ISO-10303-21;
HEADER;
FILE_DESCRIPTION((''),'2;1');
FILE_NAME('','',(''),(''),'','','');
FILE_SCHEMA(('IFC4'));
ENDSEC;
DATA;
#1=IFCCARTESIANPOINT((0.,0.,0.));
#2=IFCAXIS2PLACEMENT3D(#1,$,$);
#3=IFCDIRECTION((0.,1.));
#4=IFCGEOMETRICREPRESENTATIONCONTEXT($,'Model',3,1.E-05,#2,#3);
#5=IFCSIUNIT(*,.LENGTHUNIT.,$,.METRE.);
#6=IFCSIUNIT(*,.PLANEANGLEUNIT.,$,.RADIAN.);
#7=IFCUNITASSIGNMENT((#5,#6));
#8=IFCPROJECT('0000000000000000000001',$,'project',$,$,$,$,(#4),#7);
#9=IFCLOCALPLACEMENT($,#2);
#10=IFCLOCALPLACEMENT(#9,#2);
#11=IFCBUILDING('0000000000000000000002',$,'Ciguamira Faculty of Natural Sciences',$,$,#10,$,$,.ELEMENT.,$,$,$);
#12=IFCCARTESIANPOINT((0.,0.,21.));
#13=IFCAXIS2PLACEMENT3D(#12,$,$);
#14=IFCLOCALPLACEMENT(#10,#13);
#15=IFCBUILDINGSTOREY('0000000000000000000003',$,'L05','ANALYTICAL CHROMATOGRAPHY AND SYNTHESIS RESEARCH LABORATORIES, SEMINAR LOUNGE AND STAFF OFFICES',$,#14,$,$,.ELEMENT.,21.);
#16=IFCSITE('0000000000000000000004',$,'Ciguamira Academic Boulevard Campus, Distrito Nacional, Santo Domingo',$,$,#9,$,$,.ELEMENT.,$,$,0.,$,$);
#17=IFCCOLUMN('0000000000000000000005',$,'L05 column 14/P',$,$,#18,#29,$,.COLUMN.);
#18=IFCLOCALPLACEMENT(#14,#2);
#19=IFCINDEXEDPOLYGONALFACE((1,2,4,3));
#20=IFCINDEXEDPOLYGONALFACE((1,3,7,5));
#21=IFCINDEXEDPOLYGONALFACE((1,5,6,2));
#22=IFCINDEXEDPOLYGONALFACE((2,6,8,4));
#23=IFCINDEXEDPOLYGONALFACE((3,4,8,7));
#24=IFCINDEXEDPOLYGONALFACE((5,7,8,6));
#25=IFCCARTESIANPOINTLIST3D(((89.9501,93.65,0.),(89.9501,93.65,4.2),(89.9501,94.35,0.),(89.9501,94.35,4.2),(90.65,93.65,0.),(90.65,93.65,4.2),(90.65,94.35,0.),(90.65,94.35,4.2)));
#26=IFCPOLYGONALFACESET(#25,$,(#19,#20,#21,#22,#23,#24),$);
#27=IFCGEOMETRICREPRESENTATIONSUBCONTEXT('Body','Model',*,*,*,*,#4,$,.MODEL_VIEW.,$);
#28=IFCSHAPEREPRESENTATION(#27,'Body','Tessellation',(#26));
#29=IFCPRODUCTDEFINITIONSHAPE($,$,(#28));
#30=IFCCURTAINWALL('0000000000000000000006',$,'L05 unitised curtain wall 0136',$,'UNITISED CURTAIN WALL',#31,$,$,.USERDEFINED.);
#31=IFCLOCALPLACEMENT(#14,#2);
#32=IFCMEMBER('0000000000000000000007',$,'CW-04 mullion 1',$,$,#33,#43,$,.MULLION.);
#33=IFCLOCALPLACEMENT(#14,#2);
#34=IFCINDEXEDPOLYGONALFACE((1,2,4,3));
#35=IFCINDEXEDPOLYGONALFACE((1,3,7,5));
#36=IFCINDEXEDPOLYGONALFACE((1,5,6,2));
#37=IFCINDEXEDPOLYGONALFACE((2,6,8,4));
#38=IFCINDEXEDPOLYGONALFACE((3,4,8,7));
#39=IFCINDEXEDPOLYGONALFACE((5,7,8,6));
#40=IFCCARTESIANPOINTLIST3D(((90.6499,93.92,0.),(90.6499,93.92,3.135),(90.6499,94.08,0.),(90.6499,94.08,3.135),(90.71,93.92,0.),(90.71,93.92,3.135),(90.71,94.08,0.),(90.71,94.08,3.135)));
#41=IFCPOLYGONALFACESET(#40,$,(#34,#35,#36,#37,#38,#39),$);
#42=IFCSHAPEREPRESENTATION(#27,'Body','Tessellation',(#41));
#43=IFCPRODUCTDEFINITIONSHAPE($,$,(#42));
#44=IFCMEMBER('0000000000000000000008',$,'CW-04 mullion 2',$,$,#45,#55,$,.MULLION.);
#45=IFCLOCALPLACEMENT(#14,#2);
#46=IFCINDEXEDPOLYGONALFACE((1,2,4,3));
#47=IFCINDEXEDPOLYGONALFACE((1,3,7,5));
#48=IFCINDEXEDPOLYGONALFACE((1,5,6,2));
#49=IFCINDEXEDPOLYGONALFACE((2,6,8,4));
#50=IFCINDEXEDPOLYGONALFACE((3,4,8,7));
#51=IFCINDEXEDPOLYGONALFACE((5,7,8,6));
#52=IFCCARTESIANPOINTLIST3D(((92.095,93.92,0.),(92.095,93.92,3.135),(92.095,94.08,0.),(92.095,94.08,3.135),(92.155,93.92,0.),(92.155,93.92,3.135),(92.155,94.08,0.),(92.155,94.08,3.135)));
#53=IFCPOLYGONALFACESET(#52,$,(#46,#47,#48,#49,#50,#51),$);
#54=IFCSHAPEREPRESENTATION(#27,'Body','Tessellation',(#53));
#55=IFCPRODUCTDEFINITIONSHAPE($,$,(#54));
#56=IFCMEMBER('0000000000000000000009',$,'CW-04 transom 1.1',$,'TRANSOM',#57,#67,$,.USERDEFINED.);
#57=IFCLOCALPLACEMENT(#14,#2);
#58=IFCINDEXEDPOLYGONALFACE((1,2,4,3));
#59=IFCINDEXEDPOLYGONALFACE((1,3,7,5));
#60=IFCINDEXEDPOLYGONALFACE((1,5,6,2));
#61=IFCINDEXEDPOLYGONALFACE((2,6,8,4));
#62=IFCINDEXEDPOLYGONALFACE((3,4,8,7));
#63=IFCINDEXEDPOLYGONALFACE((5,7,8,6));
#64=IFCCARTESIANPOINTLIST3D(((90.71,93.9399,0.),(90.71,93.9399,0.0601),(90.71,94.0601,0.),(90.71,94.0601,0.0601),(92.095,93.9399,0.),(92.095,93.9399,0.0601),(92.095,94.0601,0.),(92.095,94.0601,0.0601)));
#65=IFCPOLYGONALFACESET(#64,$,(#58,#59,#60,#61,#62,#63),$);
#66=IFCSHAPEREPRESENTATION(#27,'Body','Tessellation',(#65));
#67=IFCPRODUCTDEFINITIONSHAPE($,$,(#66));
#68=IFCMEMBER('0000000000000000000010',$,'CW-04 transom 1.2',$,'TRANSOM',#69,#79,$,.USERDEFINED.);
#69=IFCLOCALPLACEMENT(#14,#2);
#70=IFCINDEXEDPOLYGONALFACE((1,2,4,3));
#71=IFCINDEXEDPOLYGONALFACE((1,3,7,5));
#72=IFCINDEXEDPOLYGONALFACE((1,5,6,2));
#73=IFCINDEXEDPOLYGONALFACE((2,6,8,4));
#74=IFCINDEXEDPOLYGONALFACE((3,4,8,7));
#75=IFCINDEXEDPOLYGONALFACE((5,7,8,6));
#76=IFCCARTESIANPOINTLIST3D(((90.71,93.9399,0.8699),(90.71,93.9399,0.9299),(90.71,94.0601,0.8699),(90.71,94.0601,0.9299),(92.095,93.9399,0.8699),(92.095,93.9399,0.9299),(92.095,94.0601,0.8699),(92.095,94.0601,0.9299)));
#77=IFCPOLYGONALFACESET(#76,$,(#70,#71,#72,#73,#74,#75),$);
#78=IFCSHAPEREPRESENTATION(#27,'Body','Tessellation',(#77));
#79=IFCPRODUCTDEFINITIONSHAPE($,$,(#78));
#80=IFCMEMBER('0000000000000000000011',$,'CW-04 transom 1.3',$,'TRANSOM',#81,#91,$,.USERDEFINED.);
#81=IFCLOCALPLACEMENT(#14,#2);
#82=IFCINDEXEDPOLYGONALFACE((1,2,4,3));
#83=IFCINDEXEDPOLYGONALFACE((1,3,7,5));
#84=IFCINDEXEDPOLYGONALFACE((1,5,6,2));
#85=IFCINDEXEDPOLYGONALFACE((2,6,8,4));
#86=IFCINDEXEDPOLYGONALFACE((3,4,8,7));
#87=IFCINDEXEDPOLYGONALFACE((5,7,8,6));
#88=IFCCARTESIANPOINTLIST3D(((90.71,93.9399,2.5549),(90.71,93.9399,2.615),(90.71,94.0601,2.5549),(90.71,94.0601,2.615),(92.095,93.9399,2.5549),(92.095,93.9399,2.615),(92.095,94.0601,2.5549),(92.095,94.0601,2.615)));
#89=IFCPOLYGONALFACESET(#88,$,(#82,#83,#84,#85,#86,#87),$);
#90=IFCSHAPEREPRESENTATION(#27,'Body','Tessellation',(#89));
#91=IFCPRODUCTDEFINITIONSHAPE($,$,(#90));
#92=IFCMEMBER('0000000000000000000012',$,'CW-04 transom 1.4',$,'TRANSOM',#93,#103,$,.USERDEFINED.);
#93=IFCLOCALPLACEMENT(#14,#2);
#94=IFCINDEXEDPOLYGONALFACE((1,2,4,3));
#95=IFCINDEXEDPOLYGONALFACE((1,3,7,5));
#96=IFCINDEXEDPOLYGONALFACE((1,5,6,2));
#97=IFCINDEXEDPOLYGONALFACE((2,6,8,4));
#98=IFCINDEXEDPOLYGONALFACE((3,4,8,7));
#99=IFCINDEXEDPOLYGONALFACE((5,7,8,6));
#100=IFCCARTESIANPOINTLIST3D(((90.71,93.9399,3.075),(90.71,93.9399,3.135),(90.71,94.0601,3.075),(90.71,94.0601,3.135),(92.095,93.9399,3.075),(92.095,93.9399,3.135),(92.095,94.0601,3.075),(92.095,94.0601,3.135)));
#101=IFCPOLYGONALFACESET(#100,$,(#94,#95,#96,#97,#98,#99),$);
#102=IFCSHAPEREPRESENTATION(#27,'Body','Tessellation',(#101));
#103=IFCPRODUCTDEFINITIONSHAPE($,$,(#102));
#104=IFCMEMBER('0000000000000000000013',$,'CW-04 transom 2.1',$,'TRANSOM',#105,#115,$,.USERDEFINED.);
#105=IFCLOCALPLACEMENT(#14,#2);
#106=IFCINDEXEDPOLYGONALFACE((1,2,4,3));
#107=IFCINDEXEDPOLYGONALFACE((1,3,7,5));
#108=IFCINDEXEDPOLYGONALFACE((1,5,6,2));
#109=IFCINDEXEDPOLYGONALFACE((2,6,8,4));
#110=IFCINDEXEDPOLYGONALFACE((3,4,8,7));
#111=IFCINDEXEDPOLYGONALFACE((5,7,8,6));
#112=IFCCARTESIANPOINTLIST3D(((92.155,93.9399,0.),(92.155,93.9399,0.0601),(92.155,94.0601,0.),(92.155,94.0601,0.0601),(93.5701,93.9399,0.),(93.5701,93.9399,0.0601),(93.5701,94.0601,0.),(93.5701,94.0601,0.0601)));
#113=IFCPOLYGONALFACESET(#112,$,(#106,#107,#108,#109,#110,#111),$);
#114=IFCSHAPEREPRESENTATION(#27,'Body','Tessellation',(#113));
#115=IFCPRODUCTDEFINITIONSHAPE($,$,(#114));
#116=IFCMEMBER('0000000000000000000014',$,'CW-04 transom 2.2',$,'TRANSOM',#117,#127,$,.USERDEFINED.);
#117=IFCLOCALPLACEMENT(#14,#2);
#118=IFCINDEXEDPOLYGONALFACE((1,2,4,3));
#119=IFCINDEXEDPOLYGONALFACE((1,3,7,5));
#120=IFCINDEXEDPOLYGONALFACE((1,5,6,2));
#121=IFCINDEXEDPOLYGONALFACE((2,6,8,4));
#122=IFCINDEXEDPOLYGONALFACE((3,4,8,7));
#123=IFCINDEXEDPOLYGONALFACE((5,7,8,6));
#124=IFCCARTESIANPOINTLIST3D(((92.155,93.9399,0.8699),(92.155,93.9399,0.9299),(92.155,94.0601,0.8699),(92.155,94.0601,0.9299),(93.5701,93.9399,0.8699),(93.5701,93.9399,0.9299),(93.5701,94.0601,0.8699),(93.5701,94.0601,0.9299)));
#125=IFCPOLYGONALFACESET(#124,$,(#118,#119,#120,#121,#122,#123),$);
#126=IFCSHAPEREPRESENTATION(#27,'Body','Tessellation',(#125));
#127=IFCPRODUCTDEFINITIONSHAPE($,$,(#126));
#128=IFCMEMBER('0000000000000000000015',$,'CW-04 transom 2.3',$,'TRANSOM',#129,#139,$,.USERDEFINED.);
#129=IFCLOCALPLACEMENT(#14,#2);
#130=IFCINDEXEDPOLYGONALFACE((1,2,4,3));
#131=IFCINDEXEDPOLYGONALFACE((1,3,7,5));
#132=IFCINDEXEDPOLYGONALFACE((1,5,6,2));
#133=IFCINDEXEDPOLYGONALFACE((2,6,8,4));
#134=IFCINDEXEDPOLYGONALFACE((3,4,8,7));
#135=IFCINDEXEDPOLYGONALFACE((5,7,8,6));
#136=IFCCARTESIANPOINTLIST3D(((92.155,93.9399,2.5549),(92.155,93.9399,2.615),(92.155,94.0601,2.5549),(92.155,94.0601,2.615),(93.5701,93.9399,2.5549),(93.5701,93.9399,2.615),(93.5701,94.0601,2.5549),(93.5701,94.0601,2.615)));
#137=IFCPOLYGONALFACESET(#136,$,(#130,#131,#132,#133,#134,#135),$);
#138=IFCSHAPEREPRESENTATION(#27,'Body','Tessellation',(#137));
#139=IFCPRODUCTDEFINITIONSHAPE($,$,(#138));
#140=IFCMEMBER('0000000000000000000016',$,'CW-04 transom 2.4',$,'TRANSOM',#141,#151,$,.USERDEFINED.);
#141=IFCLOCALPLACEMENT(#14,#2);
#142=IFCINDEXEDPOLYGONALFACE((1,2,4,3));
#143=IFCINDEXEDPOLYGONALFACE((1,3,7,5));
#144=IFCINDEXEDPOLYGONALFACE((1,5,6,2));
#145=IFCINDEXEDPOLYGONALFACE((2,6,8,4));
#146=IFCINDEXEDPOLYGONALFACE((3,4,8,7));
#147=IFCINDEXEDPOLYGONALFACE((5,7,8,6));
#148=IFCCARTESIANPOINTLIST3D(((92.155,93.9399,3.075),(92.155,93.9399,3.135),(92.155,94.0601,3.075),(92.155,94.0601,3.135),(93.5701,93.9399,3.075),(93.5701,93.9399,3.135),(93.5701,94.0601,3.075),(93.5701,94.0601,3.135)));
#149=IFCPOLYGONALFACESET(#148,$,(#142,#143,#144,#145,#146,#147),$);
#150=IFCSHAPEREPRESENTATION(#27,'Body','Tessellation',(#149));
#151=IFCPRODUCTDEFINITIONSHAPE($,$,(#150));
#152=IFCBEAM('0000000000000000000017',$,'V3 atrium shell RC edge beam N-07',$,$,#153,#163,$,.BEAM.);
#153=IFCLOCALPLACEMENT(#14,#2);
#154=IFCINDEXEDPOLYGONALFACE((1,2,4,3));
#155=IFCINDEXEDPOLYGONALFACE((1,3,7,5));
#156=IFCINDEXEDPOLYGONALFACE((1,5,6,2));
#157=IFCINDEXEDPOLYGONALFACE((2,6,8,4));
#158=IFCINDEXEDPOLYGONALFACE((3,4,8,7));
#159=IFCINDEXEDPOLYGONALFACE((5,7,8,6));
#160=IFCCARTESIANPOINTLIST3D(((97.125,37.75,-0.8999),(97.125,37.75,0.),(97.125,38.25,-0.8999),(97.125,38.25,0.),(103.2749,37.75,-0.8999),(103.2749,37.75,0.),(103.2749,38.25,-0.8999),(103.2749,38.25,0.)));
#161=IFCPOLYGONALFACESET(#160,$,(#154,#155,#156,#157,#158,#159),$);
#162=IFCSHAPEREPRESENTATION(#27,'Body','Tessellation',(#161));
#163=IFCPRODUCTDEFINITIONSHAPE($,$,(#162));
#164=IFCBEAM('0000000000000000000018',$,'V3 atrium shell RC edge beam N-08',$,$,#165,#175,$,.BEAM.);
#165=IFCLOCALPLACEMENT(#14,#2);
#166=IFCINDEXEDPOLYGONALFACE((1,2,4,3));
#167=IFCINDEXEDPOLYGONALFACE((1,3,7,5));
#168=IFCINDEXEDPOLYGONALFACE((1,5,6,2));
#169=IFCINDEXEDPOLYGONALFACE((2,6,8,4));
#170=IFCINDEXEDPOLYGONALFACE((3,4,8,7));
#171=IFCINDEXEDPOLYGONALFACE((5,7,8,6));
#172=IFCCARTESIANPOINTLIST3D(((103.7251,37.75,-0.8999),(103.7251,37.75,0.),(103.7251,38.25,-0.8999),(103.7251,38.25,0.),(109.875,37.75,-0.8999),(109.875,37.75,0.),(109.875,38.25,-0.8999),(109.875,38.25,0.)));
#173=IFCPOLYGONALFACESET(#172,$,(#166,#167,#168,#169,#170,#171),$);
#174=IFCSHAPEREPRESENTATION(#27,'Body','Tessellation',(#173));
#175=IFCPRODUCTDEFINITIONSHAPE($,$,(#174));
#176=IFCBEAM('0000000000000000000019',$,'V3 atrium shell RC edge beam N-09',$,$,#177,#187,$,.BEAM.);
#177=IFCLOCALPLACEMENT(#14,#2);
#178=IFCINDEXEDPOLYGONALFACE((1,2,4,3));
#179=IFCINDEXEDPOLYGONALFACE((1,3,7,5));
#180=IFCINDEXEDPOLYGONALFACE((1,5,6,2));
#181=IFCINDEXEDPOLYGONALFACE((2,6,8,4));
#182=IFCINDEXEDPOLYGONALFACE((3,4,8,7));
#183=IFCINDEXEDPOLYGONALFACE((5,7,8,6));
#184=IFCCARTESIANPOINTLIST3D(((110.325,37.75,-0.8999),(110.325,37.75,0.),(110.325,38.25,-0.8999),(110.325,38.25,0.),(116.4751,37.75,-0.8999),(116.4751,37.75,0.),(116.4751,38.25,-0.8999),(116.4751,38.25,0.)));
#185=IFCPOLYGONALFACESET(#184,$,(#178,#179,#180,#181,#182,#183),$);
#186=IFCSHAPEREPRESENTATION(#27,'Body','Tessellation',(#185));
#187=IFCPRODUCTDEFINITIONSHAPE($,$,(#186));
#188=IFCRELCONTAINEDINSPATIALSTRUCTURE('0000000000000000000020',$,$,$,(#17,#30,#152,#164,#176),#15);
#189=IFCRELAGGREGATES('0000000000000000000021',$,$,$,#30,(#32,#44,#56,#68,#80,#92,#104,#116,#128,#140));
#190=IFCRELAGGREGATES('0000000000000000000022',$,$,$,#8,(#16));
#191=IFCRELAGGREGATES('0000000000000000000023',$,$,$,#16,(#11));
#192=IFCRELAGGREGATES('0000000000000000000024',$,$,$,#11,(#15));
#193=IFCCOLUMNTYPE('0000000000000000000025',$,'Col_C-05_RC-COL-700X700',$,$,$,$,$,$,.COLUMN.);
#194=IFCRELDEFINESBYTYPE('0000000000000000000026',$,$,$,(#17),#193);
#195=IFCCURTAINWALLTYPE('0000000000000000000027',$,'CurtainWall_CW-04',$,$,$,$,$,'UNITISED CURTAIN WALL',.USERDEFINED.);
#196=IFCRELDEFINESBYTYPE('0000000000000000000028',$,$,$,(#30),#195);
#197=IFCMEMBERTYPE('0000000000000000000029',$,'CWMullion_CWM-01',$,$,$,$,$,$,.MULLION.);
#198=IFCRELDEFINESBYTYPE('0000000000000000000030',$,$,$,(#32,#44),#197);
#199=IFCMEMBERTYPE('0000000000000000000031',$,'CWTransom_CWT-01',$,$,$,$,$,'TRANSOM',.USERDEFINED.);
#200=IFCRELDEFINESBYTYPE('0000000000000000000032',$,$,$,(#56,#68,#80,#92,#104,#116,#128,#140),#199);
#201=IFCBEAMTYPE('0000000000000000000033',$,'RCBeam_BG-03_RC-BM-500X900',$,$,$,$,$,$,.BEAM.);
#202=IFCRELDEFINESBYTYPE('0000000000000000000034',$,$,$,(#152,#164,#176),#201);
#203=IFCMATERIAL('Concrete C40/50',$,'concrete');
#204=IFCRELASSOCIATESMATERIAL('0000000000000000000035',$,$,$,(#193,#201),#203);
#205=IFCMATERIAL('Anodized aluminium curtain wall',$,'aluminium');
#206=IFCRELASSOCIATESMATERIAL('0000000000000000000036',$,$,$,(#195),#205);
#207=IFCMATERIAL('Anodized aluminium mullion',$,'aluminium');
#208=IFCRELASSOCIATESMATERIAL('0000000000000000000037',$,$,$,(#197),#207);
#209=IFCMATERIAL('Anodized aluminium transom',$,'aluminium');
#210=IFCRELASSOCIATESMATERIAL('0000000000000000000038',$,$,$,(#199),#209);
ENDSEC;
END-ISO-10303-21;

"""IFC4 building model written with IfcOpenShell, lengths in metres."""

from ifc_helpers import new_model, si_unit, direction, frame, origin, origin_2d, place, context, subcontext, project, spatial, rectangle, extrude, material, material_profile, profile_set, type_object, element, aggregate, save


model = new_model("IFC4")

# Units and contexts
model_context = context("Model", 3, precision=1e-05, world=origin(), true_north=direction((0.0, 1.0)))
body_context = subcontext(model_context, "Body", "Model", "MODEL_VIEW")
ifc_project = project(units=[si_unit("LENGTHUNIT", "METRE"), si_unit("PLANEANGLEUNIT", "RADIAN")], contexts=[model_context])

# Site, building, storey
site_placement = place(None, origin())
site = spatial("IfcSite", under=ifc_project, at=site_placement, Name="Ciguamira Academic Boulevard Campus, Distrito Nacional, Santo Domingo", CompositionType="ELEMENT", RefElevation=0.0)
building_placement = place(site_placement, origin())
building = spatial("IfcBuilding", under=site, at=building_placement, Name="Ciguamira Faculty of Natural Sciences", CompositionType="ELEMENT")
storey_placement = place(building_placement, frame((0.0, 0.0, 21.0)))
storey = spatial("IfcBuildingStorey", under=building, at=storey_placement, Name="L05", Description="ANALYTICAL CHROMATOGRAPHY AND SYNTHESIS RESEARCH LABORATORIES, SEMINAR LOUNGE AND STAFF OFFICES", CompositionType="ELEMENT", Elevation=21.0)

# Column
ifc_material_1 = material(Name="Concrete C40/50", Category="concrete")
ifc_material_profile_1 = material_profile(ifc_material_1, rectangle(XDim=0.7, YDim=0.7, at=origin_2d()), Name="RC-COL-700X700")
ifc_profile_set_1 = profile_set([ifc_material_profile_1], Name="Concrete C40/50")
column_type = type_object("IfcColumnType", Name="Col_C-05_RC-COL-700X700", PredefinedType="COLUMN", material=ifc_profile_set_1)
column_placement = place(storey_placement, frame((90.3, 94.0, 0.0), z_axis=(0.0, 0.0, 1.0), x_axis=(1.0, 0.0, 0.0)))
element("IfcColumn", 1, at=column_placement, inside=storey, type_object=column_type, Name="L05 column 14/P", PredefinedType="COLUMN", context=body_context, shape_type="SweptSolid", body=[
    extrude(rectangle(XDim=0.7, YDim=0.7, at=origin_2d()), origin(), (0.0, 0.0, 1.0), 4.2),
])

# Curtain wall, members
ifc_material_2 = material(Name="Anodized aluminium curtain wall", Category="aluminium")
curtain_wall_type = type_object("IfcCurtainWallType", Name="CurtainWall_CW-04", ElementType="UNITISED CURTAIN WALL", PredefinedType="USERDEFINED", material=ifc_material_2)
curtain_wall_placement = place(storey_placement, origin())
curtain_wall = element("IfcCurtainWall", 2, at=curtain_wall_placement, inside=storey, type_object=curtain_wall_type, Name="L05 unitised curtain wall 0136", ObjectType="UNITISED CURTAIN WALL", PredefinedType="USERDEFINED")
ifc_material_3 = material(Name="Anodized aluminium mullion", Category="aluminium")
ifc_material_profile_2 = material_profile(ifc_material_3, rectangle(XDim=0.0601, YDim=0.1599, at=origin_2d()), Name="ALU-MUL-60X160")
ifc_profile_set_2 = profile_set([ifc_material_profile_2], Name="Anodized aluminium mullion")
member_type_1 = type_object("IfcMemberType", Name="CWMullion_CWM-01", PredefinedType="MULLION", material=ifc_profile_set_2)
member_1_placement = place(storey_placement, frame((90.6799, 94.0, 0.0), z_axis=(0.0, 0.0, 1.0), x_axis=(1.0, 0.0, 0.0)))
member_1 = element("IfcMember", 3, at=member_1_placement, type_object=member_type_1, Name="CW-04 mullion 1", PredefinedType="MULLION", context=body_context, shape_type="SweptSolid", body=[
    extrude(rectangle(XDim=0.0601, YDim=0.1599, at=origin_2d()), origin(), (0.0, 0.0, 1.0), 3.135),
])
member_2_placement = place(storey_placement, frame((92.125, 94.0, 0.0), z_axis=(0.0, 0.0, 1.0), x_axis=(1.0, 0.0, 0.0)))
member_2 = element("IfcMember", 4, at=member_2_placement, type_object=member_type_1, Name="CW-04 mullion 2", PredefinedType="MULLION", context=body_context, shape_type="SweptSolid", body=[
    extrude(rectangle(XDim=0.0601, YDim=0.1599, at=origin_2d()), origin(), (0.0, 0.0, 1.0), 3.135),
])
ifc_material_4 = material(Name="Anodized aluminium transom", Category="aluminium")
ifc_material_profile_3 = material_profile(ifc_material_4, rectangle(XDim=0.0601, YDim=0.1201, at=origin_2d()), Name="ALU-TRN-60X120")
ifc_profile_set_3 = profile_set([ifc_material_profile_3], Name="Anodized aluminium transom")
member_type_2 = type_object("IfcMemberType", Name="CWTransom_CWT-01", ElementType="TRANSOM", PredefinedType="USERDEFINED", material=ifc_profile_set_3)
member_3_placement = place(storey_placement, frame((90.71, 94.0, 0.03), z_axis=(1.0, 0.0, 0.0), x_axis=(0.0, 0.0, 1.0)))
member_3 = element("IfcMember", 5, at=member_3_placement, type_object=member_type_2, Name="CW-04 transom 1.1", ObjectType="TRANSOM", PredefinedType="USERDEFINED", context=body_context, shape_type="SweptSolid", body=[
    extrude(rectangle(XDim=0.0601, YDim=0.1201, at=origin_2d()), origin(), (0.0, 0.0, 1.0), 1.385),
])
member_4_placement = place(storey_placement, frame((90.71, 94.0, 0.8999), z_axis=(1.0, 0.0, 0.0), x_axis=(0.0, 0.0, 1.0)))
member_4 = element("IfcMember", 6, at=member_4_placement, type_object=member_type_2, Name="CW-04 transom 1.2", ObjectType="TRANSOM", PredefinedType="USERDEFINED", context=body_context, shape_type="SweptSolid", body=[
    extrude(rectangle(XDim=0.0601, YDim=0.1201, at=origin_2d()), origin(), (0.0, 0.0, 1.0), 1.385),
])
member_5_placement = place(storey_placement, frame((90.71, 94.0, 2.585), z_axis=(1.0, 0.0, 0.0), x_axis=(0.0, 0.0, 1.0)))
member_5 = element("IfcMember", 7, at=member_5_placement, type_object=member_type_2, Name="CW-04 transom 1.3", ObjectType="TRANSOM", PredefinedType="USERDEFINED", context=body_context, shape_type="SweptSolid", body=[
    extrude(rectangle(XDim=0.0601, YDim=0.1201, at=origin_2d()), origin(), (0.0, 0.0, 1.0), 1.385),
])
member_6_placement = place(storey_placement, frame((90.71, 94.0, 3.105), z_axis=(1.0, 0.0, 0.0), x_axis=(0.0, 0.0, 1.0)))
member_6 = element("IfcMember", 8, at=member_6_placement, type_object=member_type_2, Name="CW-04 transom 1.4", ObjectType="TRANSOM", PredefinedType="USERDEFINED", context=body_context, shape_type="SweptSolid", body=[
    extrude(rectangle(XDim=0.0601, YDim=0.1201, at=origin_2d()), origin(), (0.0, 0.0, 1.0), 1.385),
])
member_7_placement = place(storey_placement, frame((92.155, 94.0, 0.03), z_axis=(1.0, 0.0, 0.0), x_axis=(0.0, 0.0, 1.0)))
member_7 = element("IfcMember", 9, at=member_7_placement, type_object=member_type_2, Name="CW-04 transom 2.1", ObjectType="TRANSOM", PredefinedType="USERDEFINED", context=body_context, shape_type="SweptSolid", body=[
    extrude(rectangle(XDim=0.0601, YDim=0.1201, at=origin_2d()), origin(), (0.0, 0.0, 1.0), 1.415),
])
member_8_placement = place(storey_placement, frame((92.155, 94.0, 0.8999), z_axis=(1.0, 0.0, 0.0), x_axis=(0.0, 0.0, 1.0)))
member_8 = element("IfcMember", 10, at=member_8_placement, type_object=member_type_2, Name="CW-04 transom 2.2", ObjectType="TRANSOM", PredefinedType="USERDEFINED", context=body_context, shape_type="SweptSolid", body=[
    extrude(rectangle(XDim=0.0601, YDim=0.1201, at=origin_2d()), origin(), (0.0, 0.0, 1.0), 1.415),
])
member_9_placement = place(storey_placement, frame((92.155, 94.0, 2.585), z_axis=(1.0, 0.0, 0.0), x_axis=(0.0, 0.0, 1.0)))
member_9 = element("IfcMember", 11, at=member_9_placement, type_object=member_type_2, Name="CW-04 transom 2.3", ObjectType="TRANSOM", PredefinedType="USERDEFINED", context=body_context, shape_type="SweptSolid", body=[
    extrude(rectangle(XDim=0.0601, YDim=0.1201, at=origin_2d()), origin(), (0.0, 0.0, 1.0), 1.415),
])
member_10_placement = place(storey_placement, frame((92.155, 94.0, 3.105), z_axis=(1.0, 0.0, 0.0), x_axis=(0.0, 0.0, 1.0)))
member_10 = element("IfcMember", 12, at=member_10_placement, type_object=member_type_2, Name="CW-04 transom 2.4", ObjectType="TRANSOM", PredefinedType="USERDEFINED", context=body_context, shape_type="SweptSolid", body=[
    extrude(rectangle(XDim=0.0601, YDim=0.1201, at=origin_2d()), origin(), (0.0, 0.0, 1.0), 1.415),
])

# Beams
ifc_material_profile_4 = material_profile(ifc_material_1, rectangle(XDim=0.5, YDim=0.8999, at=origin_2d()), Name="RC-BM-500X900")
ifc_profile_set_4 = profile_set([ifc_material_profile_4], Name="Concrete C40/50")
beam_type_1 = type_object("IfcBeamType", Name="RCBeam_BG-03_RC-BM-500X900", PredefinedType="BEAM", material=ifc_profile_set_4)
for number, where, z_axis, x_axis, name in (
    (13, (97.125, 38.0, -0.45), (1.0, 0.0, 0.0), (0.0, 1.0, 0.0), "V3 atrium shell RC edge beam N-07"),
    (14, (103.7251, 38.0, -0.45), (1.0, 0.0, 0.0), (0.0, 1.0, 0.0), "V3 atrium shell RC edge beam N-08"),
):
    element("IfcBeam", number, at=place(storey_placement, frame(where, z_axis=z_axis, x_axis=x_axis)), inside=storey, type_object=beam_type_1, Name=name, PredefinedType="BEAM", context=body_context, shape_type="SweptSolid", body=[
        extrude(rectangle(XDim=0.5, YDim=0.8999, at=origin_2d()), origin(), (0.0, 0.0, 1.0), 6.1499),
    ])
beam_1_placement = place(storey_placement, frame((110.325, 38.0, -0.45), z_axis=(1.0, 0.0, 0.0), x_axis=(0.0, 1.0, 0.0)))
element("IfcBeam", 15, at=beam_1_placement, inside=storey, type_object=beam_type_1, Name="V3 atrium shell RC edge beam N-09", PredefinedType="BEAM", context=body_context, shape_type="SweptSolid", body=[
    extrude(rectangle(XDim=0.5, YDim=0.8999, at=origin_2d()), origin(), (0.0, 0.0, 1.0), 6.1501),
])

aggregate(curtain_wall, [member_1, member_2, member_3, member_4, member_5, member_6, member_7, member_8, member_9, member_10])

save(model, "model.ifc")
